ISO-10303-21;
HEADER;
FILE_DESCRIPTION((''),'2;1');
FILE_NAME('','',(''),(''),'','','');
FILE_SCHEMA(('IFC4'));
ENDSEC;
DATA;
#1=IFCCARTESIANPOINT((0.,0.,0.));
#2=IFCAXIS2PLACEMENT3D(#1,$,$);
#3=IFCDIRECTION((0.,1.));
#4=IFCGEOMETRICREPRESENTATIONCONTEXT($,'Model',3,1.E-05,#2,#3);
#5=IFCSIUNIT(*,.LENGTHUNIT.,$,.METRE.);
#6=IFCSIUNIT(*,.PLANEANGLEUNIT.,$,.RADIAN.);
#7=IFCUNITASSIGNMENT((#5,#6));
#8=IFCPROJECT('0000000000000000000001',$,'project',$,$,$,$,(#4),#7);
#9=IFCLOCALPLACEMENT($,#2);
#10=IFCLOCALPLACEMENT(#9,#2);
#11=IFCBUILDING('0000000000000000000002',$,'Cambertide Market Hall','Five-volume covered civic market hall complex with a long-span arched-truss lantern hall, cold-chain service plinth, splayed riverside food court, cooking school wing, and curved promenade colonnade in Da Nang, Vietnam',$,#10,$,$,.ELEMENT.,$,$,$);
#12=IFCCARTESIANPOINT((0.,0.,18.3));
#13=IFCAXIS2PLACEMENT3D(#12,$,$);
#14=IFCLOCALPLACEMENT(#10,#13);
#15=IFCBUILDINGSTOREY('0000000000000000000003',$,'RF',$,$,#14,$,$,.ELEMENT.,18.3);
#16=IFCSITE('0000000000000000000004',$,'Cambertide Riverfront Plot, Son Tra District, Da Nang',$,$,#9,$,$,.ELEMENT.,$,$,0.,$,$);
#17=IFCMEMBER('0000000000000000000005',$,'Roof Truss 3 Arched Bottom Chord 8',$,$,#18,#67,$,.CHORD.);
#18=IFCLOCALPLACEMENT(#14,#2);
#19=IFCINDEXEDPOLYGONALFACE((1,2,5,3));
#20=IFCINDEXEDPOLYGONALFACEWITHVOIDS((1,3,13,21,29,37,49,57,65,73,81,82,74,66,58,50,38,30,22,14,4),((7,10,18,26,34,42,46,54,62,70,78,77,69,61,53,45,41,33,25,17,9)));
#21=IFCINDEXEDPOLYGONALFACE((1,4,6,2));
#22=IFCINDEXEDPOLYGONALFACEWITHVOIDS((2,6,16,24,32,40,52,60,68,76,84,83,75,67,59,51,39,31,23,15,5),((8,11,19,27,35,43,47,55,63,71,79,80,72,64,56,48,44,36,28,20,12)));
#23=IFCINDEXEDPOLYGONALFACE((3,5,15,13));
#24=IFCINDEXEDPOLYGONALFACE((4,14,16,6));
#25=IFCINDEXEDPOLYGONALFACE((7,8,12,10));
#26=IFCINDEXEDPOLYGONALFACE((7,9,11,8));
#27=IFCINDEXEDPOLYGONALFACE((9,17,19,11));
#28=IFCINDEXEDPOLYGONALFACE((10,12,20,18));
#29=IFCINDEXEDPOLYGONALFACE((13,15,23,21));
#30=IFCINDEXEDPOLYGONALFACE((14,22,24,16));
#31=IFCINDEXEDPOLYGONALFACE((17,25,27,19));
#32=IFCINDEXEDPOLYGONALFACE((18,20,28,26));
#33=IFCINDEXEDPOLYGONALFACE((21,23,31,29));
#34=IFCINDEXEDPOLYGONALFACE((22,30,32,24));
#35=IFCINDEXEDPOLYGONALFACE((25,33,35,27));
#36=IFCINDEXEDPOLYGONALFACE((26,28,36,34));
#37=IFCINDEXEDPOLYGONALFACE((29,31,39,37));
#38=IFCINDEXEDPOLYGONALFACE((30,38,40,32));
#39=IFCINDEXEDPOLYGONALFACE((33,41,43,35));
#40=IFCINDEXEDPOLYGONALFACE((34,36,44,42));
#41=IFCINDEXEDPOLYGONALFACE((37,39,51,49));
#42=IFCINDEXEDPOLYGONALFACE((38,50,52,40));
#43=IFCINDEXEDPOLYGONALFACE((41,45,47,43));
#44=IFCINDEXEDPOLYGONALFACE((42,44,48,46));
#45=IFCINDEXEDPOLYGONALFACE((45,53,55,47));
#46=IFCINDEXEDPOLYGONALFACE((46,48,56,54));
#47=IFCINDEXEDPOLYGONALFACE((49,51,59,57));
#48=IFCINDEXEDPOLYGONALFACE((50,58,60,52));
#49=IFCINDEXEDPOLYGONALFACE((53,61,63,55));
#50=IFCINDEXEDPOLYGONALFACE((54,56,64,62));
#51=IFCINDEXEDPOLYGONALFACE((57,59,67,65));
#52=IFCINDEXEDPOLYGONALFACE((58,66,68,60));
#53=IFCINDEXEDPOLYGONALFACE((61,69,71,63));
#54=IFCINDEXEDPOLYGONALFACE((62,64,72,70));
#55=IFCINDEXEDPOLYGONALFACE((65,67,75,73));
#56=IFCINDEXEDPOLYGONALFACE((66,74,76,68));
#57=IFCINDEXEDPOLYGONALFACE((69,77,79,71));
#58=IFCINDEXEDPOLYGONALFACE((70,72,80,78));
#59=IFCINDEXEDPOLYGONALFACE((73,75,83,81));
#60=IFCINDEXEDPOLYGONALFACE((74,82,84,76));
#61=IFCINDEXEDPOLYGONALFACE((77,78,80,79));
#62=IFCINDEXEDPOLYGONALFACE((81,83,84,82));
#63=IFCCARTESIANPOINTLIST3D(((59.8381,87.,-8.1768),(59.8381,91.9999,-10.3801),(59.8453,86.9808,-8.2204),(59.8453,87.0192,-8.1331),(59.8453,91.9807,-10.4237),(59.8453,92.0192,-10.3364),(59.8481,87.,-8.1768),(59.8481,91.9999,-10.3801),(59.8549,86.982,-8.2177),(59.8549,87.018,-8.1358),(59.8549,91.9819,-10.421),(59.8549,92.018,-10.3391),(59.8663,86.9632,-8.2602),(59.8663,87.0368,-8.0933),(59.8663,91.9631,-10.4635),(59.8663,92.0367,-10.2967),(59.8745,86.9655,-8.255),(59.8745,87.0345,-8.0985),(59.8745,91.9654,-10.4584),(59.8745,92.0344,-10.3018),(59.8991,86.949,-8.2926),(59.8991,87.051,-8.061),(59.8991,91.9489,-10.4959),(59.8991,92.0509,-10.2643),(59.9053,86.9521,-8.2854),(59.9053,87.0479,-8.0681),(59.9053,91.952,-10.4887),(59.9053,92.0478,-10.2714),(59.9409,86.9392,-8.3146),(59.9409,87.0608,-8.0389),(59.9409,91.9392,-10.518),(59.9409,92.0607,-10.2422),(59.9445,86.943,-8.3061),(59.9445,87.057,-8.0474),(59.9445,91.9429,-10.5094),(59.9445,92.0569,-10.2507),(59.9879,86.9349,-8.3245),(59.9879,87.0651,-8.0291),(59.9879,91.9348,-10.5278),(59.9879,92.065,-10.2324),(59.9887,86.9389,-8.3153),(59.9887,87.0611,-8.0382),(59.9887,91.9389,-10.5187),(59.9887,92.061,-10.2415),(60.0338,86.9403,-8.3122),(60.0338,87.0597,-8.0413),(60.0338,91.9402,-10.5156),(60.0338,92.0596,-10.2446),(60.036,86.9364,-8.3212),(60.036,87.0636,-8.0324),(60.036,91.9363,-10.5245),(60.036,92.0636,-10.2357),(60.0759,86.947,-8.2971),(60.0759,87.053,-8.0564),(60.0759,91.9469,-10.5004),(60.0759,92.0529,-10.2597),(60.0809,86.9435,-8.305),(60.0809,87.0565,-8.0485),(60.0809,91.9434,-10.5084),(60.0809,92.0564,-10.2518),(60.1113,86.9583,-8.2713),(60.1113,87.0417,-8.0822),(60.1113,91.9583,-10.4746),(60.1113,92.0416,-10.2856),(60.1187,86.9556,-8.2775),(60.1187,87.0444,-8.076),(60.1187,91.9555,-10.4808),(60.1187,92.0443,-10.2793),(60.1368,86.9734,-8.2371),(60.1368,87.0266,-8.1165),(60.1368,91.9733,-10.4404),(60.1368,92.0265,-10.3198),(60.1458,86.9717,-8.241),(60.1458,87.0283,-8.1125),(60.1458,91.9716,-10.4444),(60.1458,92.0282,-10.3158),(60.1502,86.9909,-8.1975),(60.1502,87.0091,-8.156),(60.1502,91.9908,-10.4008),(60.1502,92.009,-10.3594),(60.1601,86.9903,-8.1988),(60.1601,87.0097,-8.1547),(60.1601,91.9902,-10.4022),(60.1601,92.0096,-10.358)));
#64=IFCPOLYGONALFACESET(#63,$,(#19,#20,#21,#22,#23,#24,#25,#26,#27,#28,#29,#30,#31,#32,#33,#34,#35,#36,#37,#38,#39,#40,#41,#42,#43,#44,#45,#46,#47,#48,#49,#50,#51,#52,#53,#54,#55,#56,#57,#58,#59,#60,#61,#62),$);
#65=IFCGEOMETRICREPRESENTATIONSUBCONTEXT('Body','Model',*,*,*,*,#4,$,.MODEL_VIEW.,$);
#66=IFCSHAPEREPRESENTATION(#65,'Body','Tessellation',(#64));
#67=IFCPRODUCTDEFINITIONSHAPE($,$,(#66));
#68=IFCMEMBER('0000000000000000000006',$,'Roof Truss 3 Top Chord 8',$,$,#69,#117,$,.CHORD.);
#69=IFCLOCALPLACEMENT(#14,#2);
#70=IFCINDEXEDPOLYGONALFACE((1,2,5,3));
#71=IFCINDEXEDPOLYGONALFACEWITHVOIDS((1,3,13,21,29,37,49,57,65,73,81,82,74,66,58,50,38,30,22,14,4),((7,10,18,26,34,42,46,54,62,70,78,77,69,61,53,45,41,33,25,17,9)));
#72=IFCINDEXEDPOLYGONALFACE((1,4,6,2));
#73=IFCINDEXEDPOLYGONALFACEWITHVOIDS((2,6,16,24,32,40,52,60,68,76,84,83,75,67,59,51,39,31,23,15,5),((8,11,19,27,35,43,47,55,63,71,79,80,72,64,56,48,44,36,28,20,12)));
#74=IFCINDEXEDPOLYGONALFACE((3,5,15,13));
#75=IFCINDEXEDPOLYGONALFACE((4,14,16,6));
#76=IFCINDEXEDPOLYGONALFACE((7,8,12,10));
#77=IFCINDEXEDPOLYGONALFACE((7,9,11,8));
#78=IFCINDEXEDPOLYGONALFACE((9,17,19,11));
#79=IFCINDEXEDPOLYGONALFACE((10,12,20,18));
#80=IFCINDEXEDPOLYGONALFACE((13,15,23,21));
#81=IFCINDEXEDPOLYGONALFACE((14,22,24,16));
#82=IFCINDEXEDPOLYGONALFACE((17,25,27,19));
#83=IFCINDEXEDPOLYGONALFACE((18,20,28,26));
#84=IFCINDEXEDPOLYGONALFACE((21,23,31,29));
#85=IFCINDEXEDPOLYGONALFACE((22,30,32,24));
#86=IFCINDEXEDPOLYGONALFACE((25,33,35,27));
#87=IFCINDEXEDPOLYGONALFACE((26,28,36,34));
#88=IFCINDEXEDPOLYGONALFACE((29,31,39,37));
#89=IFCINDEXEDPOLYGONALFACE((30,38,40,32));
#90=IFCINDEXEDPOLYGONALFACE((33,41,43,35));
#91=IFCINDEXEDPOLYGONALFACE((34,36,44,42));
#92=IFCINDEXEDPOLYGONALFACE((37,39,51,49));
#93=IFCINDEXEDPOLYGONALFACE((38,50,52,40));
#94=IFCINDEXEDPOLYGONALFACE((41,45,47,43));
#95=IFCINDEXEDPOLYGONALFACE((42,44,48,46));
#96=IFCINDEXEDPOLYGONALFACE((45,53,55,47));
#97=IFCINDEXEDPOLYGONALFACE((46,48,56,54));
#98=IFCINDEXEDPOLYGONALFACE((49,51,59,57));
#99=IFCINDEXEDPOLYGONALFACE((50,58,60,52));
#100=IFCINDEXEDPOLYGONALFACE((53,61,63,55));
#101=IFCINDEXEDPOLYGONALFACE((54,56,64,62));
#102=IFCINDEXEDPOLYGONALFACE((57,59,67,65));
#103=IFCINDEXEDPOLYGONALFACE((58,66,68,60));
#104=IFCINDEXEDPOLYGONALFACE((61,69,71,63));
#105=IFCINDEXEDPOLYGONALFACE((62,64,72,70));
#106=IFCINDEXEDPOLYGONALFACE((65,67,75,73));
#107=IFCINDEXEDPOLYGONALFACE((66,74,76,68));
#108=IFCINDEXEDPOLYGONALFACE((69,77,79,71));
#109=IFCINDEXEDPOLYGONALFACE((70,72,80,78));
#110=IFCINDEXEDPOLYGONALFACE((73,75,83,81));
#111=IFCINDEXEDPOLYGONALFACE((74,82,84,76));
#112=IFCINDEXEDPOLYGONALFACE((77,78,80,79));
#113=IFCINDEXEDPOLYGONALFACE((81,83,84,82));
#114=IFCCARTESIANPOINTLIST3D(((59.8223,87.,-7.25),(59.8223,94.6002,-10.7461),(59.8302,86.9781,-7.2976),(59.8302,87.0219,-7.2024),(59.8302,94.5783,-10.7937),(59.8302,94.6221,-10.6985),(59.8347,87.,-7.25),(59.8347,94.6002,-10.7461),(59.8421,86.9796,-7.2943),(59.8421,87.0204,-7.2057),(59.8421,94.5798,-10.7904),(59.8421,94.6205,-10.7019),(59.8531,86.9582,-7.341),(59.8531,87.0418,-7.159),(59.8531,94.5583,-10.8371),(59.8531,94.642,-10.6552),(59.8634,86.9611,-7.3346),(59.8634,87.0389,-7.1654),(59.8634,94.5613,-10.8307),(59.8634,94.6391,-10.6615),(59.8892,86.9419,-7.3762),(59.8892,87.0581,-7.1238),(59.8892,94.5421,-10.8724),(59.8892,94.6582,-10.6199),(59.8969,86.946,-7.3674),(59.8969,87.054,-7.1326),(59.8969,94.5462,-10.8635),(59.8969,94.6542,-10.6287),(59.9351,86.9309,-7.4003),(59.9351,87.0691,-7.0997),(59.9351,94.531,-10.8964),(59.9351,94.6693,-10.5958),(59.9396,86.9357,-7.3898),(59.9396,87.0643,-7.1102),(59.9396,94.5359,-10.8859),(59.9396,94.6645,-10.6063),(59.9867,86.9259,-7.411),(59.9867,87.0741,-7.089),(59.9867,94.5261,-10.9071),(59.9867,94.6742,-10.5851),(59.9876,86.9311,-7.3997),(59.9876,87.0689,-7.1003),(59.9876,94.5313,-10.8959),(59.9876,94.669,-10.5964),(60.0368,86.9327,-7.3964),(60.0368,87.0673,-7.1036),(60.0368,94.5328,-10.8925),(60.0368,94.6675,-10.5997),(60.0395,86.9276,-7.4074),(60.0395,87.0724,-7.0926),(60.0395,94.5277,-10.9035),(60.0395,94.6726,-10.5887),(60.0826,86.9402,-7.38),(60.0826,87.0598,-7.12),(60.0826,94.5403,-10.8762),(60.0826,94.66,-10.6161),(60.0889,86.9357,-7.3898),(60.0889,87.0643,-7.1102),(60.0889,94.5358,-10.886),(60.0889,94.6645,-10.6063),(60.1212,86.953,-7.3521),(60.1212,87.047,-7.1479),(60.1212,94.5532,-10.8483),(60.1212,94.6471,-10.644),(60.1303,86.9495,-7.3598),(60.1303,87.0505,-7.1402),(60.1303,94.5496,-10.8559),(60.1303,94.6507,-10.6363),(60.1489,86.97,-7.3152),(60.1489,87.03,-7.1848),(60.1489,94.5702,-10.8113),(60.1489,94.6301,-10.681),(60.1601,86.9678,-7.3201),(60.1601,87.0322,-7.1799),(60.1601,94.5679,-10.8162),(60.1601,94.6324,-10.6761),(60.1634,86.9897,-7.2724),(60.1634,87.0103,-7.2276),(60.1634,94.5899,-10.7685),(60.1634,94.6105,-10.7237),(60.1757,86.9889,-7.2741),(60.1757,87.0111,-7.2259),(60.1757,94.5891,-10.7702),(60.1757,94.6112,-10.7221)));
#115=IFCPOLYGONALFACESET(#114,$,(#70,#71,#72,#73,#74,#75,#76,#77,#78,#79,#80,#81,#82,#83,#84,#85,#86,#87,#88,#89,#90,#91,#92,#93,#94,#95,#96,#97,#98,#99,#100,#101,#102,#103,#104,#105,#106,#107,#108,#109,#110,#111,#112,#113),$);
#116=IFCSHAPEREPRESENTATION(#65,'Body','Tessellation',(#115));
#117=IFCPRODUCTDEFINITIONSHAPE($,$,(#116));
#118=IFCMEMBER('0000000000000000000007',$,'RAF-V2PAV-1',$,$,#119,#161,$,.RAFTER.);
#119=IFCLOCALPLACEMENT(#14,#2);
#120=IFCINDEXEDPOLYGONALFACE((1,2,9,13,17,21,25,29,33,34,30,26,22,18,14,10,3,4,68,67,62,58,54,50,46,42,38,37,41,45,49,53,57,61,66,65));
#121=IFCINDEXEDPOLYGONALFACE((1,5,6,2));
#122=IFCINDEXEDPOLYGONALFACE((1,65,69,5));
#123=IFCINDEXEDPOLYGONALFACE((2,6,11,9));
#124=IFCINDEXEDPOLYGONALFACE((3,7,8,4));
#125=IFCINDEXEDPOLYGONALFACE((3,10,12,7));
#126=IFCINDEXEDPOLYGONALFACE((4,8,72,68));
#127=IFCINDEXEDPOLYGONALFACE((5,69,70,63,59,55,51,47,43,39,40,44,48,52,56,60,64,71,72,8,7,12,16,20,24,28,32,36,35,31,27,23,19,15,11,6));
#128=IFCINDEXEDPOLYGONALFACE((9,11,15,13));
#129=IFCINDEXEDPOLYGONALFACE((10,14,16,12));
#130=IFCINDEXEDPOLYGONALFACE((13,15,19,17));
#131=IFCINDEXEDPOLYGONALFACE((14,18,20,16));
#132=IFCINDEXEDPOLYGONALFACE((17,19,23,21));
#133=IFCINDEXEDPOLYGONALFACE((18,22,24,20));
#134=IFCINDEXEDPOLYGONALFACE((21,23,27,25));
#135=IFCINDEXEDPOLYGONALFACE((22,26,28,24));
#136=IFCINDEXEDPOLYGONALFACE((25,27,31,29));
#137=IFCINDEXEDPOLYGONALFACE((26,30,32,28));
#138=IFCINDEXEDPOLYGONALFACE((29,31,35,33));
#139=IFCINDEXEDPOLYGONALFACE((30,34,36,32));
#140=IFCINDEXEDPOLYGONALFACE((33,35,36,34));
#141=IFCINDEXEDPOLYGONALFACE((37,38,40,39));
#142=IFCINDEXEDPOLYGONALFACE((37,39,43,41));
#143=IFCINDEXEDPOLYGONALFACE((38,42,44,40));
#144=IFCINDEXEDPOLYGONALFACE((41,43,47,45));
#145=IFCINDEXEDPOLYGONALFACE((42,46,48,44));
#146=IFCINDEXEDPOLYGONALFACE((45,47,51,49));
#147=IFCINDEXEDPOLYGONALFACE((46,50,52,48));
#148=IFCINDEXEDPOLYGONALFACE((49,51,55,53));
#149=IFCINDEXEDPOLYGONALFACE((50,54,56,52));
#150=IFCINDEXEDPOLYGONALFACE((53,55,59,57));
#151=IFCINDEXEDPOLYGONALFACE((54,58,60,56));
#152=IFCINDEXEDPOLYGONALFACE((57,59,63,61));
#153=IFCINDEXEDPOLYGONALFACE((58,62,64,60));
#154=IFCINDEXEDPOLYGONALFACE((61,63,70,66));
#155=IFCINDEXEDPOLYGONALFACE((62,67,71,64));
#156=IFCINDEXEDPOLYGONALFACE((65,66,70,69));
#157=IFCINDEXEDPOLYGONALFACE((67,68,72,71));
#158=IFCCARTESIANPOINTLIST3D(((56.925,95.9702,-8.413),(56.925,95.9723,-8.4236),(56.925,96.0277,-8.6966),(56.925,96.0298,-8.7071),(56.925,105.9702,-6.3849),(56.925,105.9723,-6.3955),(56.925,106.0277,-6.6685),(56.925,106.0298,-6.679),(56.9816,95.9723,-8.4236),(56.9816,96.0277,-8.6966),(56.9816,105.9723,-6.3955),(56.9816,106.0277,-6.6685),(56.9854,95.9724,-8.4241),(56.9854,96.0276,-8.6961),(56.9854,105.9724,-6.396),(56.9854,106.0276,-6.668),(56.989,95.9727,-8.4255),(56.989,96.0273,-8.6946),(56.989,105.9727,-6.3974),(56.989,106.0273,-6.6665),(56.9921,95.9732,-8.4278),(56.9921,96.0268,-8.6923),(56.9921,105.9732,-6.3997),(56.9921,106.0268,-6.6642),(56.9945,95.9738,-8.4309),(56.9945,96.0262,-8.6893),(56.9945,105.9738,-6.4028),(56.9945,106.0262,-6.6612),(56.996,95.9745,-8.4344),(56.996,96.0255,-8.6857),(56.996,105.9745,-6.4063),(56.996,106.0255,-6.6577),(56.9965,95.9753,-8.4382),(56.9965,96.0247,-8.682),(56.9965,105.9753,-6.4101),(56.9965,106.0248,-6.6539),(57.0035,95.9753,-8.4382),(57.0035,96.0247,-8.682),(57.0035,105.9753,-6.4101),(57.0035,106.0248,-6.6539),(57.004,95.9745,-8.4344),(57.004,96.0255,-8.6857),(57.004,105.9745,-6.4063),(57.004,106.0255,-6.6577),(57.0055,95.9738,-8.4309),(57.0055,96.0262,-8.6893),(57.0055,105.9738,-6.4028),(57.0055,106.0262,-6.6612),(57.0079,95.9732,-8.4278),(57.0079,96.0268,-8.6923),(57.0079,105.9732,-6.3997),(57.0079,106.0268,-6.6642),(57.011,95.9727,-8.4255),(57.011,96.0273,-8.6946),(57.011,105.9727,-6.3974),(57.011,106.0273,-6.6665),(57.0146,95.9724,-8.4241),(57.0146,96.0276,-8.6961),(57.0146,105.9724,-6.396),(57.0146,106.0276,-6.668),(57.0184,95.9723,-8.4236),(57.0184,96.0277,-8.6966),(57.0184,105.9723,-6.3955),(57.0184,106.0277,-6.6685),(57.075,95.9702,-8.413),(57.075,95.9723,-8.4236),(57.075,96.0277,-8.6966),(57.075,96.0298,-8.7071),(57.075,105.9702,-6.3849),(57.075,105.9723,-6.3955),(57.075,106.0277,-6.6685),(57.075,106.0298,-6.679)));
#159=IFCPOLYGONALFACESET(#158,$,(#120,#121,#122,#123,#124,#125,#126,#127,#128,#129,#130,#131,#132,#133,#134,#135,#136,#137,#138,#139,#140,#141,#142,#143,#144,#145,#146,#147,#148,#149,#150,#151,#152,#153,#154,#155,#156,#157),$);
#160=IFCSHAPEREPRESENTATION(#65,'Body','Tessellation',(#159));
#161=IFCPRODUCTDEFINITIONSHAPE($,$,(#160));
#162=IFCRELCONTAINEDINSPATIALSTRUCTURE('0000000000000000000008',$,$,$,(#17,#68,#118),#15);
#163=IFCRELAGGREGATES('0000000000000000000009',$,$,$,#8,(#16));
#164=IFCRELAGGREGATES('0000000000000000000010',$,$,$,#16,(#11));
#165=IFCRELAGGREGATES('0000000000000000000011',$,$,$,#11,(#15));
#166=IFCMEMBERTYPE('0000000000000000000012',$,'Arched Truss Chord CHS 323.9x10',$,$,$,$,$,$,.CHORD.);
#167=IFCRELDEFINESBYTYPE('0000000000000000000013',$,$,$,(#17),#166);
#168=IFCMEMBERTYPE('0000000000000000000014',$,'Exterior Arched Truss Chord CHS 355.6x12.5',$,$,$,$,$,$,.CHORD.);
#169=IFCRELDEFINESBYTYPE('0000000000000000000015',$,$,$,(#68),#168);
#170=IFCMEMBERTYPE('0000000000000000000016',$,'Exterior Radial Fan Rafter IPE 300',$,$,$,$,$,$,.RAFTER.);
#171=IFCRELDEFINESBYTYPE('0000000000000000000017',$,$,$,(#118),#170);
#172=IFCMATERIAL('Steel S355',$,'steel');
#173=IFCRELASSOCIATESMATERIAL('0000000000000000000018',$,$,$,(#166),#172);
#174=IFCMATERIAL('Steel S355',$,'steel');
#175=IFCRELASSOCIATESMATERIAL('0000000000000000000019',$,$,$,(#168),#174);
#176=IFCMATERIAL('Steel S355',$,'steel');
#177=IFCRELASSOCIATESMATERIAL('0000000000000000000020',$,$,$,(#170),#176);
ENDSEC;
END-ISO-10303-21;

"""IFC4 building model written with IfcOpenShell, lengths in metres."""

from ifc_helpers import new_model, si_unit, direction, frame, origin, origin_2d, place, context, subcontext, project, spatial, hollow_circle, i_section, extrude, material, material_profile, profile_set, type_object, element, save


model = new_model("IFC4")

# Units and contexts
model_context = context("Model", 3, precision=1e-05, world=origin(), true_north=direction((0.0, 1.0)))
body_context = subcontext(model_context, "Body", "Model", "MODEL_VIEW")
ifc_project = project(units=[si_unit("LENGTHUNIT", "METRE"), si_unit("PLANEANGLEUNIT", "RADIAN")], contexts=[model_context])

# Site, building, storey
site_placement = place(None, origin())
site = spatial("IfcSite", under=ifc_project, at=site_placement, Name="Cambertide Riverfront Plot, Son Tra District, Da Nang", CompositionType="ELEMENT", RefElevation=0.0)
building_placement = place(site_placement, origin())
building = spatial("IfcBuilding", under=site, at=building_placement, Name="Cambertide Market Hall", Description="Five-volume covered civic market hall complex with a long-span arched-truss lantern hall, cold-chain service plinth, splayed riverside food court, cooking school wing, and curved promenade colonnade in Da Nang, Vietnam", CompositionType="ELEMENT")
storey_placement = place(building_placement, frame((0.0, 0.0, 18.3)))
storey = spatial("IfcBuildingStorey", under=building, at=storey_placement, Name="RF", CompositionType="ELEMENT", Elevation=18.3)

# Members
ifc_material_1 = material(Name="Steel S355", Category="steel")
ifc_material_profile_1 = material_profile(ifc_material_1, hollow_circle(Radius=0.1619, WallThickness=0.01, at=origin_2d()), Name="CHS 323.9x10")
ifc_profile_set_1 = profile_set([ifc_material_profile_1], Name="Steel S355")
member_type_1 = type_object("IfcMemberType", Name="Arched Truss Chord CHS 323.9x10", PredefinedType="CHORD", material=ifc_profile_set_1)
member_1_placement = place(storey_placement, frame((60.0, 87.0, -8.1768), z_axis=(0.0, 0.915088, -0.403255), x_axis=(-1.0, 0.0, 0.0)))
element("IfcMember", 1, at=member_1_placement, inside=storey, type_object=member_type_1, Name="Roof Truss 3 Arched Bottom Chord 8", PredefinedType="CHORD", context=body_context, shape_type="SweptSolid", body=[
    extrude(hollow_circle(Radius=0.1619, WallThickness=0.01, at=origin_2d()), origin(), (0.0, 0.0, 1.0), 5.4639),
])
ifc_material_2 = material(Name="Steel S355", Category="steel")
ifc_material_profile_2 = material_profile(ifc_material_2, hollow_circle(Radius=0.1777, WallThickness=0.0125, at=origin_2d()), Name="CHS 355.6x12.5")
ifc_profile_set_2 = profile_set([ifc_material_profile_2], Name="Steel S355")
member_type_2 = type_object("IfcMemberType", Name="Exterior Arched Truss Chord CHS 355.6x12.5", PredefinedType="CHORD", material=ifc_profile_set_2)
member_2_placement = place(storey_placement, frame((60.0, 87.0, -7.25), z_axis=(0.0, 0.908488, -0.41791), x_axis=(-1.0, 0.0, 0.0)))
element("IfcMember", 2, at=member_2_placement, inside=storey, type_object=member_type_2, Name="Roof Truss 3 Top Chord 8", PredefinedType="CHORD", context=body_context, shape_type="SweptSolid", body=[
    extrude(hollow_circle(Radius=0.1777, WallThickness=0.0125, at=origin_2d()), origin(), (0.0, 0.0, 1.0), 8.3657),
])
ifc_material_3 = material(Name="Steel S355", Category="steel")
ifc_material_profile_3 = material_profile(ifc_material_3, i_section(OverallWidth=0.1499, OverallDepth=0.3, WebThickness=0.0071, FlangeThickness=0.0107, FilletRadius=0.0149, at=origin_2d()), Name="IPE 300")
ifc_profile_set_3 = profile_set([ifc_material_profile_3], Name="Steel S355")
member_type_3 = type_object("IfcMemberType", Name="Exterior Radial Fan Rafter IPE 300", PredefinedType="RAFTER", material=ifc_profile_set_3)
member_3_placement = place(storey_placement, frame((57.0, 96.0, -8.5601), z_axis=(0.0, 0.980048, 0.198761), x_axis=(-1.0, 0.0, 0.0)))
element("IfcMember", 3, at=member_3_placement, inside=storey, type_object=member_type_3, Name="RAF-V2PAV-1", PredefinedType="RAFTER", context=body_context, shape_type="SweptSolid", body=[
    extrude(i_section(OverallWidth=0.1499, OverallDepth=0.3, WebThickness=0.0071, FlangeThickness=0.0107, FilletRadius=0.0149, at=origin_2d()), origin(), (0.0, 0.0, 1.0), 10.2036),
])

save(model, "model.ifc")
